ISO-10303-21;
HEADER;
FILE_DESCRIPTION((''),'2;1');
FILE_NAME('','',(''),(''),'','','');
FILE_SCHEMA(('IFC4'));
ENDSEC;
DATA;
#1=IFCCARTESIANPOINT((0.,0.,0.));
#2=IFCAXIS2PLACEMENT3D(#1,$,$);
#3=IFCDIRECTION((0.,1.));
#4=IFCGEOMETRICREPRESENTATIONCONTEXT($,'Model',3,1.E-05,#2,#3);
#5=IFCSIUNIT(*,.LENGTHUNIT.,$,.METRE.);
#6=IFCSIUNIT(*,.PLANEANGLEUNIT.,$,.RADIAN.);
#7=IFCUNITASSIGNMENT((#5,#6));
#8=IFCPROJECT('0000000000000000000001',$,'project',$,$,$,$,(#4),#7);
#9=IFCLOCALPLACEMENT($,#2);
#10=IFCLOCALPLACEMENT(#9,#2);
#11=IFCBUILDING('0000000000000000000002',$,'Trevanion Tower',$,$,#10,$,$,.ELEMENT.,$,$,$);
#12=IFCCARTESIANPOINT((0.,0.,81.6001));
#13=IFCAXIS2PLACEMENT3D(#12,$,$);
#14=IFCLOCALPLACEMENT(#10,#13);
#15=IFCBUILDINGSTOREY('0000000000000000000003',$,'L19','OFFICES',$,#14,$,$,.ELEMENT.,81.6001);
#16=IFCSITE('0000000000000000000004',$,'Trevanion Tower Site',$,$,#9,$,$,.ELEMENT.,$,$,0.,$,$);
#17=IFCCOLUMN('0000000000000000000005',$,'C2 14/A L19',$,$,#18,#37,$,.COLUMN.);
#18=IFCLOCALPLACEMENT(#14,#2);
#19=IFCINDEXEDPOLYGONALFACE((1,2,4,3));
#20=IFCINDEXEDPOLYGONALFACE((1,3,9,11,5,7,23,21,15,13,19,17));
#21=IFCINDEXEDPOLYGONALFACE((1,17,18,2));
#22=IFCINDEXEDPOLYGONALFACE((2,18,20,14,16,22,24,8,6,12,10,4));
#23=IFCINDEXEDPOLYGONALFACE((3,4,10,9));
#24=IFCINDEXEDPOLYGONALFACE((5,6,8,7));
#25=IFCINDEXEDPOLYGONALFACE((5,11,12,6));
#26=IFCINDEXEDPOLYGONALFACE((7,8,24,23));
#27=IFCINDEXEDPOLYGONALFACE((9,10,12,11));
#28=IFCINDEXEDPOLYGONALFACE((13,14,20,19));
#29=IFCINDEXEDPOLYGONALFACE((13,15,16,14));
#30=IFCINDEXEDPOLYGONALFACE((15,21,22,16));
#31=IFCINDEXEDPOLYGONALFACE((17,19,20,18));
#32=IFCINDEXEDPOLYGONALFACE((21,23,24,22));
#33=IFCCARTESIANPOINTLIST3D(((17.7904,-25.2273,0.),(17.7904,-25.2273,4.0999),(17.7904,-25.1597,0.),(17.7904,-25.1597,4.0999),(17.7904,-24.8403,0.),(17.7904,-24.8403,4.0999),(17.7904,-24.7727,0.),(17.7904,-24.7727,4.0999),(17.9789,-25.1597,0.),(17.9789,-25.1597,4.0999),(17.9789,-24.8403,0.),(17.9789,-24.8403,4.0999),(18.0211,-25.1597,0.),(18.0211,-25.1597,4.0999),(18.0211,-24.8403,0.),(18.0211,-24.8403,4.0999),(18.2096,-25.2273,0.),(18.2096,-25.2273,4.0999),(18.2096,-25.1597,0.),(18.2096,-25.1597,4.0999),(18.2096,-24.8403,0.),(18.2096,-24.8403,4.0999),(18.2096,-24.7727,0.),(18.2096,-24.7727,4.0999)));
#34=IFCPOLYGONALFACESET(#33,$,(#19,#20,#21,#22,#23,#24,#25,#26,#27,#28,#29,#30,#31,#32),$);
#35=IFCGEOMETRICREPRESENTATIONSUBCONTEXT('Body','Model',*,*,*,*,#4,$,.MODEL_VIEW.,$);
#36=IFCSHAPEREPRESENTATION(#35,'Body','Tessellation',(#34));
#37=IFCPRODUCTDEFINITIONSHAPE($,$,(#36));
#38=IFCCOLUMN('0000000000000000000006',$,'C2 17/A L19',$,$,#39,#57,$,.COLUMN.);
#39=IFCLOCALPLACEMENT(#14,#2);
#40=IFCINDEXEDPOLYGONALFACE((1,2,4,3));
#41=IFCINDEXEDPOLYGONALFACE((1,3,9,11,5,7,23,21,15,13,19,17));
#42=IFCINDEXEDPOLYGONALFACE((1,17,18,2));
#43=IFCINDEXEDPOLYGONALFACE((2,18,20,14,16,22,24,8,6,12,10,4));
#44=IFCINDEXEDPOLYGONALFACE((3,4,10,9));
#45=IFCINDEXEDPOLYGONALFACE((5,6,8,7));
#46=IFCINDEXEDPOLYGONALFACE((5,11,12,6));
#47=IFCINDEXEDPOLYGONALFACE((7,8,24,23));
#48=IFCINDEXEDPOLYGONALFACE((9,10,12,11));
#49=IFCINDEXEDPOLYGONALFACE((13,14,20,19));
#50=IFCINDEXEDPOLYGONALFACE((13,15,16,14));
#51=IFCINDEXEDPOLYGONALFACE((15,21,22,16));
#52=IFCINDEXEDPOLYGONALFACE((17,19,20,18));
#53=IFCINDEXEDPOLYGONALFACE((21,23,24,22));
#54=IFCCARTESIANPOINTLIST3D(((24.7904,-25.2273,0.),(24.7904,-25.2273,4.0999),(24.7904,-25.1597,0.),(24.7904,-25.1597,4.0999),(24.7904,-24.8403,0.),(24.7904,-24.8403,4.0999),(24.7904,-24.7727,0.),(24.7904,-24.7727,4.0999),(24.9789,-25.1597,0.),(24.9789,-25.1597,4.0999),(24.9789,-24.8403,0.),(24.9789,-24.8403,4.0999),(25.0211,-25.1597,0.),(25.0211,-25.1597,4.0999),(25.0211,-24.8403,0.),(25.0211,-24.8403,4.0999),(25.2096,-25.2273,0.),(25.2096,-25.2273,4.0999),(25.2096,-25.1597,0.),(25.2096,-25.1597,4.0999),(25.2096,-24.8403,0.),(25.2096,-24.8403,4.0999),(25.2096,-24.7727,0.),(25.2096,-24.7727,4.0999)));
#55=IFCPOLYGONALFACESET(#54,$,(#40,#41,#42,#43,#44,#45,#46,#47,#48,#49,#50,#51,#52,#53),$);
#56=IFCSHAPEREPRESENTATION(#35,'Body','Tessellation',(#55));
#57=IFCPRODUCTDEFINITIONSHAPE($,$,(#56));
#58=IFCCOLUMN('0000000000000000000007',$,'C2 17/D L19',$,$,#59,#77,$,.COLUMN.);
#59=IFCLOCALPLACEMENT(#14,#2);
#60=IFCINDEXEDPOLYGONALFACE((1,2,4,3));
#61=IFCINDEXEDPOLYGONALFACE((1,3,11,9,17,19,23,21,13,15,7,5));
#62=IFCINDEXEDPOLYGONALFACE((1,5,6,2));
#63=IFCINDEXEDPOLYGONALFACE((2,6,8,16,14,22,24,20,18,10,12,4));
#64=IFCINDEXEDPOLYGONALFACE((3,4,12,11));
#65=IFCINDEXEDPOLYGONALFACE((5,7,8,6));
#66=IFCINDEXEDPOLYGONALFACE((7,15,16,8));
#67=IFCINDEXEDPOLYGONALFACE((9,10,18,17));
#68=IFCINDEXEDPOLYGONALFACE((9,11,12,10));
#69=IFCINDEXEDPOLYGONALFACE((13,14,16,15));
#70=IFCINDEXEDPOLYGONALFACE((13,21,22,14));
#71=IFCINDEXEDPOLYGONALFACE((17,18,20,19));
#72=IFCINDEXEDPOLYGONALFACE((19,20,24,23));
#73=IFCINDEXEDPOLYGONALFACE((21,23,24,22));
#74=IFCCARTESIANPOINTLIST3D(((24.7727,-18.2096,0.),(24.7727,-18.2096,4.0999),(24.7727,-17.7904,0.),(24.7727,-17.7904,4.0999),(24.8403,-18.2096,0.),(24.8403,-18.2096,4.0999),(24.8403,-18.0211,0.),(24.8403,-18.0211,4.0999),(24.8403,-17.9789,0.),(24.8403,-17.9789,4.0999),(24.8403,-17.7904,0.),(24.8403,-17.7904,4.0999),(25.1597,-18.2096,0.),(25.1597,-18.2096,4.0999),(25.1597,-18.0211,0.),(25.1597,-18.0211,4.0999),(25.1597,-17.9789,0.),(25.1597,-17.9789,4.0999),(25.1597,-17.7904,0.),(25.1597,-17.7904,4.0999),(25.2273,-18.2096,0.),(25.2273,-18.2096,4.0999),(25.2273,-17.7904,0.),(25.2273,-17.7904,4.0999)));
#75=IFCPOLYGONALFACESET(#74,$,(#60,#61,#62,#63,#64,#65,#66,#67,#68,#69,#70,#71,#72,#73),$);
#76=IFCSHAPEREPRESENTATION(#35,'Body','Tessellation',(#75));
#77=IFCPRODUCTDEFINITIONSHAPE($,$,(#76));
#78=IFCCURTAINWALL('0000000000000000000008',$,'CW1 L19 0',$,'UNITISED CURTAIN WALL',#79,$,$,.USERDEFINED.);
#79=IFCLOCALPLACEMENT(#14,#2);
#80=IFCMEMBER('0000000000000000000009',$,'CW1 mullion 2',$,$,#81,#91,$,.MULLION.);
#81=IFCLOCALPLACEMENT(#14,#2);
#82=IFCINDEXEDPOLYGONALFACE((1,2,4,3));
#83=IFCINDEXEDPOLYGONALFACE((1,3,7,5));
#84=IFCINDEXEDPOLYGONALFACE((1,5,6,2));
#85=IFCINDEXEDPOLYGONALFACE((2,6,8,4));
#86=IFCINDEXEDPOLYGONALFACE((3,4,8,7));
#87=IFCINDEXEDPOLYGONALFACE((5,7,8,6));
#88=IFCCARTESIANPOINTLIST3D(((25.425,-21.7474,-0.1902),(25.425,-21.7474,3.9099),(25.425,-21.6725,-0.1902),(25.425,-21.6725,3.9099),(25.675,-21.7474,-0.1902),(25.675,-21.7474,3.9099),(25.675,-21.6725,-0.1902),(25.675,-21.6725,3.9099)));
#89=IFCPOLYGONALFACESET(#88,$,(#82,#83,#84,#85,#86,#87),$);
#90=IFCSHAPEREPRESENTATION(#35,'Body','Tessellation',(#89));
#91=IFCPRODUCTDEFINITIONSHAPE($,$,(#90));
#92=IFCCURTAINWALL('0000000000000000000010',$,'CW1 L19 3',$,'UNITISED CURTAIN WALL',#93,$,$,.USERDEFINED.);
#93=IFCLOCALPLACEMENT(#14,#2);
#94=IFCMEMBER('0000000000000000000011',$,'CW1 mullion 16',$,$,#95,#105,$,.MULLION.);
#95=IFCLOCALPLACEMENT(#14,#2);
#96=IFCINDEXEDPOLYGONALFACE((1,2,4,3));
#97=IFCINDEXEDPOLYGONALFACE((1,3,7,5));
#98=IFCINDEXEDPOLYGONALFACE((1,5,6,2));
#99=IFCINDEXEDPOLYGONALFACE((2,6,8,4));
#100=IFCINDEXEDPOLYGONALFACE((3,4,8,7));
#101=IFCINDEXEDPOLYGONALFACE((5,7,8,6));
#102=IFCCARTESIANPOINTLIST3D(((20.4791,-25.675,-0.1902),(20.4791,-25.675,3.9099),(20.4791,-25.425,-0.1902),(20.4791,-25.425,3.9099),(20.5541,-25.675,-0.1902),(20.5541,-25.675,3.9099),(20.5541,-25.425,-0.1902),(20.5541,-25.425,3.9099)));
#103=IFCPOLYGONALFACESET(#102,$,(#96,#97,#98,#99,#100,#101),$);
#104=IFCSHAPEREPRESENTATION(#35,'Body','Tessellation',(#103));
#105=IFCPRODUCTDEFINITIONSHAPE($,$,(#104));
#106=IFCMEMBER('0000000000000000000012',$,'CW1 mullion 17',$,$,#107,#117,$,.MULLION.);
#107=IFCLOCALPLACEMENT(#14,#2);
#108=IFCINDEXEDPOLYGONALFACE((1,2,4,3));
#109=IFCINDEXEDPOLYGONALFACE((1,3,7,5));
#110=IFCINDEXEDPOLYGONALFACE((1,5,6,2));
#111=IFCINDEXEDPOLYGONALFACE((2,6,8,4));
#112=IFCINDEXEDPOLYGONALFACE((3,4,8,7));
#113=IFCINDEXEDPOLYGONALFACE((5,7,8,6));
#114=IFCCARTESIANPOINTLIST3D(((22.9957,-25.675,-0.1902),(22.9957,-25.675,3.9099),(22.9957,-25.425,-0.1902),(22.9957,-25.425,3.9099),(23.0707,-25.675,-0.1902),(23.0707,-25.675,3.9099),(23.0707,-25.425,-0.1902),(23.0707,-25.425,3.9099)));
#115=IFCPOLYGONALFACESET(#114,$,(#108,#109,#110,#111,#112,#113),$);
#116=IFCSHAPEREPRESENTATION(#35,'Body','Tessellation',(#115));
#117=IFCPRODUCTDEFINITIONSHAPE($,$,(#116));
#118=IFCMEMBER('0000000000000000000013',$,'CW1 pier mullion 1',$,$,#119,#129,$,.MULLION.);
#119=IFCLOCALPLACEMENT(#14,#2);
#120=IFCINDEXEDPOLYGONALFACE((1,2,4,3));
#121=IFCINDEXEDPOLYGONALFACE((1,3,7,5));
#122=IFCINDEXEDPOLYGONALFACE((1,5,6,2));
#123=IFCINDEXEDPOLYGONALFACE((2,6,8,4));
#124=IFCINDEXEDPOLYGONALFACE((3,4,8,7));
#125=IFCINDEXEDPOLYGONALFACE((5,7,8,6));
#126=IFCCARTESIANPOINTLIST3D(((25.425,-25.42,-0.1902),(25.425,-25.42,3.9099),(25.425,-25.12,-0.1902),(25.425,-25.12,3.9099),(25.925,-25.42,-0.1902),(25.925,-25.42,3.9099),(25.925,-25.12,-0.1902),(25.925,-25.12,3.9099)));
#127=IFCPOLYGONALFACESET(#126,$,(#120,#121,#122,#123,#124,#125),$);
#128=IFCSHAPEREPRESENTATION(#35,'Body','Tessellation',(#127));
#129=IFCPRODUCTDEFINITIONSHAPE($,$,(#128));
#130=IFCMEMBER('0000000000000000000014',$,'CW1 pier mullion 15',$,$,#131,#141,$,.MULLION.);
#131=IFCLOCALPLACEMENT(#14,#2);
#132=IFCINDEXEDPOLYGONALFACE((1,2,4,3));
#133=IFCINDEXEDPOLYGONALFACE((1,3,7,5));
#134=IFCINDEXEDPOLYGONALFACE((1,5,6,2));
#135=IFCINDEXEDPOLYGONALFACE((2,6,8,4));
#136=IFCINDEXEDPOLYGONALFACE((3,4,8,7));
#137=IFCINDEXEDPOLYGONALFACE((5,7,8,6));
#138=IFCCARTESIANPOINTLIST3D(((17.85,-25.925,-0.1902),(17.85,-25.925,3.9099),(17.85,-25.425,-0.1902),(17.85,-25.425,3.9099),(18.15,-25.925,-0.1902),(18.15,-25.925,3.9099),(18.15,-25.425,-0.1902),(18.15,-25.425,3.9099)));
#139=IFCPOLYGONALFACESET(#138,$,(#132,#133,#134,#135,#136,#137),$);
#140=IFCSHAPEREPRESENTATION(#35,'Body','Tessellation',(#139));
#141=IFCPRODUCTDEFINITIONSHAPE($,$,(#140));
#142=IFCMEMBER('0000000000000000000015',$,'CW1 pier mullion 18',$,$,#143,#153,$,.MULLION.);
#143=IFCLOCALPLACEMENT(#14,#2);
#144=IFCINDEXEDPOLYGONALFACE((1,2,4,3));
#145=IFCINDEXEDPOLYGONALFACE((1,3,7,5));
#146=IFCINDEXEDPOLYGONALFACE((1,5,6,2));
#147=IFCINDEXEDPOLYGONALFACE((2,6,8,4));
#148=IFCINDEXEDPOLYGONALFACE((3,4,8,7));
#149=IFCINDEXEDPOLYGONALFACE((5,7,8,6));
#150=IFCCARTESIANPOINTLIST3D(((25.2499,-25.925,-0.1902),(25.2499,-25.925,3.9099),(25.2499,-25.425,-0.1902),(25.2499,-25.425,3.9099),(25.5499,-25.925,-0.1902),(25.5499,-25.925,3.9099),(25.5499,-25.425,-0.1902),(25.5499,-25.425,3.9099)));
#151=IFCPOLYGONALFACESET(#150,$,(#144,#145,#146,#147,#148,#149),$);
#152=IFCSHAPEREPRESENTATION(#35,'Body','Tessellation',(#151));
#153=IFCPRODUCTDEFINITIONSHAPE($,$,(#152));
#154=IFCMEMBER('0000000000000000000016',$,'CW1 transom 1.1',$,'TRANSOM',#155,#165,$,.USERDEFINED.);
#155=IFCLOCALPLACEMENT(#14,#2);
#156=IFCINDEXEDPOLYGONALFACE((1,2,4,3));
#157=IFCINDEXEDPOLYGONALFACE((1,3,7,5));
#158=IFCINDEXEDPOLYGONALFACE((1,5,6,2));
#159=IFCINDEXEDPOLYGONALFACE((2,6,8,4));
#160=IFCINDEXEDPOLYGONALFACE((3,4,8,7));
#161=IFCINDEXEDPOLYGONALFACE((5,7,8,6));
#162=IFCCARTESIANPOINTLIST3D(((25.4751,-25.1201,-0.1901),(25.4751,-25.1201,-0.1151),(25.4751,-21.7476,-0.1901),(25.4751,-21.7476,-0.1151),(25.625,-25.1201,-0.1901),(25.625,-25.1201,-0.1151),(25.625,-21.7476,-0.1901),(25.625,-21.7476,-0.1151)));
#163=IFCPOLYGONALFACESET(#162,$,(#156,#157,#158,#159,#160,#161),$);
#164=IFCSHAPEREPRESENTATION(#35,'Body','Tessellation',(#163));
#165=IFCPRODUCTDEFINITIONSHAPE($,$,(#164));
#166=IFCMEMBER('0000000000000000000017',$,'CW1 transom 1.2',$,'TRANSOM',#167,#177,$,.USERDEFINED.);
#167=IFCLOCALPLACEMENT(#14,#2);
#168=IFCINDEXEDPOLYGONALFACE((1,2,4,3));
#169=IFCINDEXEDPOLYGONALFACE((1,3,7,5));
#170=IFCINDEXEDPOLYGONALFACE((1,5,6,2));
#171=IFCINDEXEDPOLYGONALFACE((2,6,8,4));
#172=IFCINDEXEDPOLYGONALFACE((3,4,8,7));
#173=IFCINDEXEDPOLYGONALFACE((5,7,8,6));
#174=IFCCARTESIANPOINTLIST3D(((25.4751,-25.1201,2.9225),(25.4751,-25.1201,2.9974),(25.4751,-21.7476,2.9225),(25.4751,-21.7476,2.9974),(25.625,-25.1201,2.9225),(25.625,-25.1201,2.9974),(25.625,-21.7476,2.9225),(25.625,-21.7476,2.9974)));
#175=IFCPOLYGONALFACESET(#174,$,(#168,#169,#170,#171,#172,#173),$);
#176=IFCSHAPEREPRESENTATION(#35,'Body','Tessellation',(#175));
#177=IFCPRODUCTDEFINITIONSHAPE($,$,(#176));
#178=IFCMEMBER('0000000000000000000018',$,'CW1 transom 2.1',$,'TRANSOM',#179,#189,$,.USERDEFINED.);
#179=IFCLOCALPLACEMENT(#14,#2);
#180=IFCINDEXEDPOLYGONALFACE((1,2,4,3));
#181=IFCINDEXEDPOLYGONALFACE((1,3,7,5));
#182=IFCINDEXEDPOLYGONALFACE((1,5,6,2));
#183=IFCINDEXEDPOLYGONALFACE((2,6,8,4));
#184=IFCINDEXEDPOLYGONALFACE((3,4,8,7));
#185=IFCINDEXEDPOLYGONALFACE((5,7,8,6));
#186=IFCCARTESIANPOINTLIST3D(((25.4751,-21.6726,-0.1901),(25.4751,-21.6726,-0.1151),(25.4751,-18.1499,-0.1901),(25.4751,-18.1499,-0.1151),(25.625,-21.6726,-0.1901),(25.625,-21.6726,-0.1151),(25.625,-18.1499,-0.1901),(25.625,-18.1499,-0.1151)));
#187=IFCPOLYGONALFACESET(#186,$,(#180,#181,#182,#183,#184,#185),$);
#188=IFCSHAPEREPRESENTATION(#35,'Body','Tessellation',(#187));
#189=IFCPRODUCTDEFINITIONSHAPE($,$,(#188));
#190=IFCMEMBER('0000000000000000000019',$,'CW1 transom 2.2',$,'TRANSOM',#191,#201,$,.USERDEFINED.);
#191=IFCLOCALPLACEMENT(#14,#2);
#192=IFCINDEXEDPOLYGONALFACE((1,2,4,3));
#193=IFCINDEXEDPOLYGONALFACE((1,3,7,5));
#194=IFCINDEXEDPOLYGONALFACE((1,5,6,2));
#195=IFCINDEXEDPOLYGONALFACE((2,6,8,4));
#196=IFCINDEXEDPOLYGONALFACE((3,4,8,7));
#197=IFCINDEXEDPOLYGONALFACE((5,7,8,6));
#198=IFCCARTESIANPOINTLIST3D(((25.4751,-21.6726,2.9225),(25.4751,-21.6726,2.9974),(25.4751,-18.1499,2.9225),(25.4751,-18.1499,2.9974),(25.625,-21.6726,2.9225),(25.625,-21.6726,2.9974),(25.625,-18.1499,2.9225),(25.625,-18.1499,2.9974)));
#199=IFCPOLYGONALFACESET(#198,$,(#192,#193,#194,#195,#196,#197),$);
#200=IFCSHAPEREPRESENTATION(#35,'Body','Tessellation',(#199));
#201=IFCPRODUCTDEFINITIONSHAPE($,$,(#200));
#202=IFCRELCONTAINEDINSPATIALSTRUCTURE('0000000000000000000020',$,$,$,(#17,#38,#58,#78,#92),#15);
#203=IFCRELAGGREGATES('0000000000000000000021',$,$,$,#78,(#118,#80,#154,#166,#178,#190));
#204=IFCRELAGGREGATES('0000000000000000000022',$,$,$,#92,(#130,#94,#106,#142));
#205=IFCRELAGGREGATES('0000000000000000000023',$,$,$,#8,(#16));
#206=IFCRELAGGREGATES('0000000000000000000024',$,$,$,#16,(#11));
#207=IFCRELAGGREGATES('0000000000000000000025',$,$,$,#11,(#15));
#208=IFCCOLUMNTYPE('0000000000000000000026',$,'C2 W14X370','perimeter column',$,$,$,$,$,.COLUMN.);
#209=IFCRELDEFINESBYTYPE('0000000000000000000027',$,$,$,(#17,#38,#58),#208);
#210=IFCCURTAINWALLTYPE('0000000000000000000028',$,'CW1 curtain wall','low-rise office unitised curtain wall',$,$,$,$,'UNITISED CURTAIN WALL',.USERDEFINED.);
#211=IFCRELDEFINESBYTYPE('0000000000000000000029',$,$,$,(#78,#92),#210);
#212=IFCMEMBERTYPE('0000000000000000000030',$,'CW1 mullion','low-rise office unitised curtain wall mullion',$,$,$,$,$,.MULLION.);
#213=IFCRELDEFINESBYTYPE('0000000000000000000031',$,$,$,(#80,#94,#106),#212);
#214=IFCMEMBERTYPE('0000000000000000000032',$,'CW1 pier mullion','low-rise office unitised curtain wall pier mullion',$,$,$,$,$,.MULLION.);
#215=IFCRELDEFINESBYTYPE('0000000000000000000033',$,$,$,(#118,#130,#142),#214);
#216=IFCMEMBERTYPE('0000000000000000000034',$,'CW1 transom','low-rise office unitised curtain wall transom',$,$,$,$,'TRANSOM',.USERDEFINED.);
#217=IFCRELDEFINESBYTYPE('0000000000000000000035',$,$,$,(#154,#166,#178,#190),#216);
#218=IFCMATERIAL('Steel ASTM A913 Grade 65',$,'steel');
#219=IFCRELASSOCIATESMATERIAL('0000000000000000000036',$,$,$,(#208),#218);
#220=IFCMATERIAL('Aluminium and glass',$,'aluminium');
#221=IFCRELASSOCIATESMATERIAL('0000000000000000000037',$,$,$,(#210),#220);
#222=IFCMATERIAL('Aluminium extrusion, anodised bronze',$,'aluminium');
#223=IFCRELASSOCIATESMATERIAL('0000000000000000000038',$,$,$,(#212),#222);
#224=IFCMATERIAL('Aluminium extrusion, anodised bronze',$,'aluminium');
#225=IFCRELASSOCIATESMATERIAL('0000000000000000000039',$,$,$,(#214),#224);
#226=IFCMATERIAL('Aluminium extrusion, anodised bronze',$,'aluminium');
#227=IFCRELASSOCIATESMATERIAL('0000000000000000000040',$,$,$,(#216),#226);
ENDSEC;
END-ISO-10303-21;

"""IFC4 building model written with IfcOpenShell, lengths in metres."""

from ifc_helpers import new_model, si_unit, direction, frame, origin, origin_2d, place, context, subcontext, project, spatial, rectangle, i_section, extrude, material, material_profile, profile_set, type_object, element, aggregate, save


model = new_model("IFC4")

# Units and contexts
model_context = context("Model", 3, precision=1e-05, world=origin(), true_north=direction((0.0, 1.0)))
body_context = subcontext(model_context, "Body", "Model", "MODEL_VIEW")
ifc_project = project(units=[si_unit("LENGTHUNIT", "METRE"), si_unit("PLANEANGLEUNIT", "RADIAN")], contexts=[model_context])

# Site, building, storey
site_placement = place(None, origin())
site = spatial("IfcSite", under=ifc_project, at=site_placement, Name="Trevanion Tower Site", CompositionType="ELEMENT", RefElevation=0.0)
building_placement = place(site_placement, origin())
building = spatial("IfcBuilding", under=site, at=building_placement, Name="Trevanion Tower", CompositionType="ELEMENT")
storey_placement = place(building_placement, frame((0.0, 0.0, 81.6001)))
storey = spatial("IfcBuildingStorey", under=building, at=storey_placement, Name="L19", Description="OFFICES", CompositionType="ELEMENT", Elevation=81.6001)

# Columns
ifc_material_1 = material(Name="Steel ASTM A913 Grade 65", Category="steel")
ifc_material_profile_1 = material_profile(ifc_material_1, i_section(OverallWidth=0.4192, OverallDepth=0.4546, WebThickness=0.0422, FlangeThickness=0.0676, at=origin_2d()), Name="W14X370")
ifc_profile_set_1 = profile_set([ifc_material_profile_1], Name="Steel ASTM A913 Grade 65")
column_type = type_object("IfcColumnType", Name="C2 W14X370", Description="perimeter column", PredefinedType="COLUMN", material=ifc_profile_set_1)
for number, where, z_axis, x_axis, name in (
    (1, (18.0, -25.0, 0.0), (0.0, 0.0, 1.0), (1.0, 0.0, 0.0), "C2 14/A L19"),
    (2, (25.0, -25.0, 0.0), (0.0, 0.0, 1.0), (1.0, 0.0, 0.0), "C2 17/A L19"),
    (3, (25.0, -18.0, 0.0), (0.0, 0.0, 1.0), (0.0, 1.0, 0.0), "C2 17/D L19"),
):
    element("IfcColumn", number, at=place(storey_placement, frame(where, z_axis=z_axis, x_axis=x_axis)), inside=storey, type_object=column_type, Name=name, PredefinedType="COLUMN", context=body_context, shape_type="SweptSolid", body=[
        extrude(i_section(OverallWidth=0.4192, OverallDepth=0.4546, WebThickness=0.0422, FlangeThickness=0.0676, at=origin_2d()), origin(), (0.0, 0.0, 1.0), 4.0999),
    ])

# Curtain wall, member
ifc_material_2 = material(Name="Aluminium and glass", Category="aluminium")
curtain_wall_type = type_object("IfcCurtainWallType", Name="CW1 curtain wall", Description="low-rise office unitised curtain wall", ElementType="UNITISED CURTAIN WALL", PredefinedType="USERDEFINED", material=ifc_material_2)
curtain_wall_1_placement = place(storey_placement, origin())
curtain_wall_1 = element("IfcCurtainWall", 4, at=curtain_wall_1_placement, inside=storey, type_object=curtain_wall_type, Name="CW1 L19 0", ObjectType="UNITISED CURTAIN WALL", PredefinedType="USERDEFINED")
ifc_material_3 = material(Name="Aluminium extrusion, anodised bronze", Category="aluminium")
ifc_material_profile_2 = material_profile(ifc_material_3, rectangle(XDim=0.075, YDim=0.25, at=origin_2d()), Name="CW1 mullion")
ifc_profile_set_2 = profile_set([ifc_material_profile_2], Name="Aluminium extrusion, anodised bronze")
member_type_1 = type_object("IfcMemberType", Name="CW1 mullion", Description="low-rise office unitised curtain wall mullion", PredefinedType="MULLION", material=ifc_profile_set_2)
member_1_placement = place(storey_placement, frame((25.55, -21.71, -0.1902), z_axis=(0.0, 0.0, 1.0), x_axis=(0.0, 1.0, 0.0)))
member_1 = element("IfcMember", 5, at=member_1_placement, type_object=member_type_1, Name="CW1 mullion 2", PredefinedType="MULLION", context=body_context, shape_type="SweptSolid", body=[
    extrude(rectangle(XDim=0.075, YDim=0.25, at=origin_2d()), origin(), (0.0, 0.0, 1.0), 4.1001),
])

# Curtain wall, members
curtain_wall_2_placement = place(storey_placement, origin())
curtain_wall_2 = element("IfcCurtainWall", 6, at=curtain_wall_2_placement, inside=storey, type_object=curtain_wall_type, Name="CW1 L19 3", ObjectType="UNITISED CURTAIN WALL", PredefinedType="USERDEFINED")
member_2_placement = place(storey_placement, frame((20.5166, -25.55, -0.1902), z_axis=(0.0, 0.0, 1.0), x_axis=(1.0, 0.0, 0.0)))
member_2 = element("IfcMember", 7, at=member_2_placement, type_object=member_type_1, Name="CW1 mullion 16", PredefinedType="MULLION", context=body_context, shape_type="SweptSolid", body=[
    extrude(rectangle(XDim=0.075, YDim=0.25, at=origin_2d()), origin(), (0.0, 0.0, 1.0), 4.1001),
])
member_3_placement = place(storey_placement, frame((23.0332, -25.55, -0.1902), z_axis=(0.0, 0.0, 1.0), x_axis=(1.0, 0.0, 0.0)))
member_3 = element("IfcMember", 8, at=member_3_placement, type_object=member_type_1, Name="CW1 mullion 17", PredefinedType="MULLION", context=body_context, shape_type="SweptSolid", body=[
    extrude(rectangle(XDim=0.075, YDim=0.25, at=origin_2d()), origin(), (0.0, 0.0, 1.0), 4.1001),
])

# Members
ifc_material_4 = material(Name="Aluminium extrusion, anodised bronze", Category="aluminium")
ifc_material_profile_3 = material_profile(ifc_material_4, rectangle(XDim=0.3, YDim=0.5, at=origin_2d()), Name="CW1 pier mullion")
ifc_profile_set_3 = profile_set([ifc_material_profile_3], Name="Aluminium extrusion, anodised bronze")
member_type_2 = type_object("IfcMemberType", Name="CW1 pier mullion", Description="low-rise office unitised curtain wall pier mullion", PredefinedType="MULLION", material=ifc_profile_set_3)
member_4_placement = place(storey_placement, frame((25.675, -25.27, -0.1902), z_axis=(0.0, 0.0, 1.0), x_axis=(0.0, 1.0, 0.0)))
member_4 = element("IfcMember", 9, at=member_4_placement, type_object=member_type_2, Name="CW1 pier mullion 1", PredefinedType="MULLION", context=body_context, shape_type="SweptSolid", body=[
    extrude(rectangle(XDim=0.3, YDim=0.5, at=origin_2d()), origin(), (0.0, 0.0, 1.0), 4.1001),
])
member_5_placement = place(storey_placement, frame((18.0, -25.675, -0.1902), z_axis=(0.0, 0.0, 1.0), x_axis=(1.0, 0.0, 0.0)))
member_5 = element("IfcMember", 10, at=member_5_placement, type_object=member_type_2, Name="CW1 pier mullion 15", PredefinedType="MULLION", context=body_context, shape_type="SweptSolid", body=[
    extrude(rectangle(XDim=0.3, YDim=0.5, at=origin_2d()), origin(), (0.0, 0.0, 1.0), 4.1001),
])
member_6_placement = place(storey_placement, frame((25.3999, -25.675, -0.1902), z_axis=(0.0, 0.0, 1.0), x_axis=(1.0, 0.0, 0.0)))
member_6 = element("IfcMember", 11, at=member_6_placement, type_object=member_type_2, Name="CW1 pier mullion 18", PredefinedType="MULLION", context=body_context, shape_type="SweptSolid", body=[
    extrude(rectangle(XDim=0.3, YDim=0.5, at=origin_2d()), origin(), (0.0, 0.0, 1.0), 4.1001),
])
ifc_material_5 = material(Name="Aluminium extrusion, anodised bronze", Category="aluminium")
ifc_material_profile_4 = material_profile(ifc_material_5, rectangle(XDim=0.1499, YDim=0.075, at=origin_2d()), Name="CW1 transom")
ifc_profile_set_4 = profile_set([ifc_material_profile_4], Name="Aluminium extrusion, anodised bronze")
member_type_3 = type_object("IfcMemberType", Name="CW1 transom", Description="low-rise office unitised curtain wall transom", ElementType="TRANSOM", PredefinedType="USERDEFINED", material=ifc_profile_set_4)
member_7_placement = place(storey_placement, frame((25.55, -25.1201, -0.1526), z_axis=(0.0, 1.0, 0.0), x_axis=(-1.0, 0.0, 0.0)))
member_7 = element("IfcMember", 12, at=member_7_placement, type_object=member_type_3, Name="CW1 transom 1.1", ObjectType="TRANSOM", PredefinedType="USERDEFINED", context=body_context, shape_type="SweptSolid", body=[
    extrude(rectangle(XDim=0.1499, YDim=0.075, at=origin_2d()), origin(), (0.0, 0.0, 1.0), 3.3726),
])
member_8_placement = place(storey_placement, frame((25.55, -25.1201, 2.96), z_axis=(0.0, 1.0, 0.0), x_axis=(-1.0, 0.0, 0.0)))
member_8 = element("IfcMember", 13, at=member_8_placement, type_object=member_type_3, Name="CW1 transom 1.2", ObjectType="TRANSOM", PredefinedType="USERDEFINED", context=body_context, shape_type="SweptSolid", body=[
    extrude(rectangle(XDim=0.1499, YDim=0.075, at=origin_2d()), origin(), (0.0, 0.0, 1.0), 3.3726),
])
member_9_placement = place(storey_placement, frame((25.55, -21.6726, -0.1526), z_axis=(0.0, 1.0, 0.0), x_axis=(-1.0, 0.0, 0.0)))
member_9 = element("IfcMember", 14, at=member_9_placement, type_object=member_type_3, Name="CW1 transom 2.1", ObjectType="TRANSOM", PredefinedType="USERDEFINED", context=body_context, shape_type="SweptSolid", body=[
    extrude(rectangle(XDim=0.1499, YDim=0.075, at=origin_2d()), origin(), (0.0, 0.0, 1.0), 3.5227),
])
member_10_placement = place(storey_placement, frame((25.55, -21.6726, 2.96), z_axis=(0.0, 1.0, 0.0), x_axis=(-1.0, 0.0, 0.0)))
member_10 = element("IfcMember", 15, at=member_10_placement, type_object=member_type_3, Name="CW1 transom 2.2", ObjectType="TRANSOM", PredefinedType="USERDEFINED", context=body_context, shape_type="SweptSolid", body=[
    extrude(rectangle(XDim=0.1499, YDim=0.075, at=origin_2d()), origin(), (0.0, 0.0, 1.0), 3.5227),
])

aggregate(curtain_wall_1, [member_4, member_1, member_7, member_8, member_9, member_10])
aggregate(curtain_wall_2, [member_5, member_2, member_3, member_6])

save(model, "model.ifc")
